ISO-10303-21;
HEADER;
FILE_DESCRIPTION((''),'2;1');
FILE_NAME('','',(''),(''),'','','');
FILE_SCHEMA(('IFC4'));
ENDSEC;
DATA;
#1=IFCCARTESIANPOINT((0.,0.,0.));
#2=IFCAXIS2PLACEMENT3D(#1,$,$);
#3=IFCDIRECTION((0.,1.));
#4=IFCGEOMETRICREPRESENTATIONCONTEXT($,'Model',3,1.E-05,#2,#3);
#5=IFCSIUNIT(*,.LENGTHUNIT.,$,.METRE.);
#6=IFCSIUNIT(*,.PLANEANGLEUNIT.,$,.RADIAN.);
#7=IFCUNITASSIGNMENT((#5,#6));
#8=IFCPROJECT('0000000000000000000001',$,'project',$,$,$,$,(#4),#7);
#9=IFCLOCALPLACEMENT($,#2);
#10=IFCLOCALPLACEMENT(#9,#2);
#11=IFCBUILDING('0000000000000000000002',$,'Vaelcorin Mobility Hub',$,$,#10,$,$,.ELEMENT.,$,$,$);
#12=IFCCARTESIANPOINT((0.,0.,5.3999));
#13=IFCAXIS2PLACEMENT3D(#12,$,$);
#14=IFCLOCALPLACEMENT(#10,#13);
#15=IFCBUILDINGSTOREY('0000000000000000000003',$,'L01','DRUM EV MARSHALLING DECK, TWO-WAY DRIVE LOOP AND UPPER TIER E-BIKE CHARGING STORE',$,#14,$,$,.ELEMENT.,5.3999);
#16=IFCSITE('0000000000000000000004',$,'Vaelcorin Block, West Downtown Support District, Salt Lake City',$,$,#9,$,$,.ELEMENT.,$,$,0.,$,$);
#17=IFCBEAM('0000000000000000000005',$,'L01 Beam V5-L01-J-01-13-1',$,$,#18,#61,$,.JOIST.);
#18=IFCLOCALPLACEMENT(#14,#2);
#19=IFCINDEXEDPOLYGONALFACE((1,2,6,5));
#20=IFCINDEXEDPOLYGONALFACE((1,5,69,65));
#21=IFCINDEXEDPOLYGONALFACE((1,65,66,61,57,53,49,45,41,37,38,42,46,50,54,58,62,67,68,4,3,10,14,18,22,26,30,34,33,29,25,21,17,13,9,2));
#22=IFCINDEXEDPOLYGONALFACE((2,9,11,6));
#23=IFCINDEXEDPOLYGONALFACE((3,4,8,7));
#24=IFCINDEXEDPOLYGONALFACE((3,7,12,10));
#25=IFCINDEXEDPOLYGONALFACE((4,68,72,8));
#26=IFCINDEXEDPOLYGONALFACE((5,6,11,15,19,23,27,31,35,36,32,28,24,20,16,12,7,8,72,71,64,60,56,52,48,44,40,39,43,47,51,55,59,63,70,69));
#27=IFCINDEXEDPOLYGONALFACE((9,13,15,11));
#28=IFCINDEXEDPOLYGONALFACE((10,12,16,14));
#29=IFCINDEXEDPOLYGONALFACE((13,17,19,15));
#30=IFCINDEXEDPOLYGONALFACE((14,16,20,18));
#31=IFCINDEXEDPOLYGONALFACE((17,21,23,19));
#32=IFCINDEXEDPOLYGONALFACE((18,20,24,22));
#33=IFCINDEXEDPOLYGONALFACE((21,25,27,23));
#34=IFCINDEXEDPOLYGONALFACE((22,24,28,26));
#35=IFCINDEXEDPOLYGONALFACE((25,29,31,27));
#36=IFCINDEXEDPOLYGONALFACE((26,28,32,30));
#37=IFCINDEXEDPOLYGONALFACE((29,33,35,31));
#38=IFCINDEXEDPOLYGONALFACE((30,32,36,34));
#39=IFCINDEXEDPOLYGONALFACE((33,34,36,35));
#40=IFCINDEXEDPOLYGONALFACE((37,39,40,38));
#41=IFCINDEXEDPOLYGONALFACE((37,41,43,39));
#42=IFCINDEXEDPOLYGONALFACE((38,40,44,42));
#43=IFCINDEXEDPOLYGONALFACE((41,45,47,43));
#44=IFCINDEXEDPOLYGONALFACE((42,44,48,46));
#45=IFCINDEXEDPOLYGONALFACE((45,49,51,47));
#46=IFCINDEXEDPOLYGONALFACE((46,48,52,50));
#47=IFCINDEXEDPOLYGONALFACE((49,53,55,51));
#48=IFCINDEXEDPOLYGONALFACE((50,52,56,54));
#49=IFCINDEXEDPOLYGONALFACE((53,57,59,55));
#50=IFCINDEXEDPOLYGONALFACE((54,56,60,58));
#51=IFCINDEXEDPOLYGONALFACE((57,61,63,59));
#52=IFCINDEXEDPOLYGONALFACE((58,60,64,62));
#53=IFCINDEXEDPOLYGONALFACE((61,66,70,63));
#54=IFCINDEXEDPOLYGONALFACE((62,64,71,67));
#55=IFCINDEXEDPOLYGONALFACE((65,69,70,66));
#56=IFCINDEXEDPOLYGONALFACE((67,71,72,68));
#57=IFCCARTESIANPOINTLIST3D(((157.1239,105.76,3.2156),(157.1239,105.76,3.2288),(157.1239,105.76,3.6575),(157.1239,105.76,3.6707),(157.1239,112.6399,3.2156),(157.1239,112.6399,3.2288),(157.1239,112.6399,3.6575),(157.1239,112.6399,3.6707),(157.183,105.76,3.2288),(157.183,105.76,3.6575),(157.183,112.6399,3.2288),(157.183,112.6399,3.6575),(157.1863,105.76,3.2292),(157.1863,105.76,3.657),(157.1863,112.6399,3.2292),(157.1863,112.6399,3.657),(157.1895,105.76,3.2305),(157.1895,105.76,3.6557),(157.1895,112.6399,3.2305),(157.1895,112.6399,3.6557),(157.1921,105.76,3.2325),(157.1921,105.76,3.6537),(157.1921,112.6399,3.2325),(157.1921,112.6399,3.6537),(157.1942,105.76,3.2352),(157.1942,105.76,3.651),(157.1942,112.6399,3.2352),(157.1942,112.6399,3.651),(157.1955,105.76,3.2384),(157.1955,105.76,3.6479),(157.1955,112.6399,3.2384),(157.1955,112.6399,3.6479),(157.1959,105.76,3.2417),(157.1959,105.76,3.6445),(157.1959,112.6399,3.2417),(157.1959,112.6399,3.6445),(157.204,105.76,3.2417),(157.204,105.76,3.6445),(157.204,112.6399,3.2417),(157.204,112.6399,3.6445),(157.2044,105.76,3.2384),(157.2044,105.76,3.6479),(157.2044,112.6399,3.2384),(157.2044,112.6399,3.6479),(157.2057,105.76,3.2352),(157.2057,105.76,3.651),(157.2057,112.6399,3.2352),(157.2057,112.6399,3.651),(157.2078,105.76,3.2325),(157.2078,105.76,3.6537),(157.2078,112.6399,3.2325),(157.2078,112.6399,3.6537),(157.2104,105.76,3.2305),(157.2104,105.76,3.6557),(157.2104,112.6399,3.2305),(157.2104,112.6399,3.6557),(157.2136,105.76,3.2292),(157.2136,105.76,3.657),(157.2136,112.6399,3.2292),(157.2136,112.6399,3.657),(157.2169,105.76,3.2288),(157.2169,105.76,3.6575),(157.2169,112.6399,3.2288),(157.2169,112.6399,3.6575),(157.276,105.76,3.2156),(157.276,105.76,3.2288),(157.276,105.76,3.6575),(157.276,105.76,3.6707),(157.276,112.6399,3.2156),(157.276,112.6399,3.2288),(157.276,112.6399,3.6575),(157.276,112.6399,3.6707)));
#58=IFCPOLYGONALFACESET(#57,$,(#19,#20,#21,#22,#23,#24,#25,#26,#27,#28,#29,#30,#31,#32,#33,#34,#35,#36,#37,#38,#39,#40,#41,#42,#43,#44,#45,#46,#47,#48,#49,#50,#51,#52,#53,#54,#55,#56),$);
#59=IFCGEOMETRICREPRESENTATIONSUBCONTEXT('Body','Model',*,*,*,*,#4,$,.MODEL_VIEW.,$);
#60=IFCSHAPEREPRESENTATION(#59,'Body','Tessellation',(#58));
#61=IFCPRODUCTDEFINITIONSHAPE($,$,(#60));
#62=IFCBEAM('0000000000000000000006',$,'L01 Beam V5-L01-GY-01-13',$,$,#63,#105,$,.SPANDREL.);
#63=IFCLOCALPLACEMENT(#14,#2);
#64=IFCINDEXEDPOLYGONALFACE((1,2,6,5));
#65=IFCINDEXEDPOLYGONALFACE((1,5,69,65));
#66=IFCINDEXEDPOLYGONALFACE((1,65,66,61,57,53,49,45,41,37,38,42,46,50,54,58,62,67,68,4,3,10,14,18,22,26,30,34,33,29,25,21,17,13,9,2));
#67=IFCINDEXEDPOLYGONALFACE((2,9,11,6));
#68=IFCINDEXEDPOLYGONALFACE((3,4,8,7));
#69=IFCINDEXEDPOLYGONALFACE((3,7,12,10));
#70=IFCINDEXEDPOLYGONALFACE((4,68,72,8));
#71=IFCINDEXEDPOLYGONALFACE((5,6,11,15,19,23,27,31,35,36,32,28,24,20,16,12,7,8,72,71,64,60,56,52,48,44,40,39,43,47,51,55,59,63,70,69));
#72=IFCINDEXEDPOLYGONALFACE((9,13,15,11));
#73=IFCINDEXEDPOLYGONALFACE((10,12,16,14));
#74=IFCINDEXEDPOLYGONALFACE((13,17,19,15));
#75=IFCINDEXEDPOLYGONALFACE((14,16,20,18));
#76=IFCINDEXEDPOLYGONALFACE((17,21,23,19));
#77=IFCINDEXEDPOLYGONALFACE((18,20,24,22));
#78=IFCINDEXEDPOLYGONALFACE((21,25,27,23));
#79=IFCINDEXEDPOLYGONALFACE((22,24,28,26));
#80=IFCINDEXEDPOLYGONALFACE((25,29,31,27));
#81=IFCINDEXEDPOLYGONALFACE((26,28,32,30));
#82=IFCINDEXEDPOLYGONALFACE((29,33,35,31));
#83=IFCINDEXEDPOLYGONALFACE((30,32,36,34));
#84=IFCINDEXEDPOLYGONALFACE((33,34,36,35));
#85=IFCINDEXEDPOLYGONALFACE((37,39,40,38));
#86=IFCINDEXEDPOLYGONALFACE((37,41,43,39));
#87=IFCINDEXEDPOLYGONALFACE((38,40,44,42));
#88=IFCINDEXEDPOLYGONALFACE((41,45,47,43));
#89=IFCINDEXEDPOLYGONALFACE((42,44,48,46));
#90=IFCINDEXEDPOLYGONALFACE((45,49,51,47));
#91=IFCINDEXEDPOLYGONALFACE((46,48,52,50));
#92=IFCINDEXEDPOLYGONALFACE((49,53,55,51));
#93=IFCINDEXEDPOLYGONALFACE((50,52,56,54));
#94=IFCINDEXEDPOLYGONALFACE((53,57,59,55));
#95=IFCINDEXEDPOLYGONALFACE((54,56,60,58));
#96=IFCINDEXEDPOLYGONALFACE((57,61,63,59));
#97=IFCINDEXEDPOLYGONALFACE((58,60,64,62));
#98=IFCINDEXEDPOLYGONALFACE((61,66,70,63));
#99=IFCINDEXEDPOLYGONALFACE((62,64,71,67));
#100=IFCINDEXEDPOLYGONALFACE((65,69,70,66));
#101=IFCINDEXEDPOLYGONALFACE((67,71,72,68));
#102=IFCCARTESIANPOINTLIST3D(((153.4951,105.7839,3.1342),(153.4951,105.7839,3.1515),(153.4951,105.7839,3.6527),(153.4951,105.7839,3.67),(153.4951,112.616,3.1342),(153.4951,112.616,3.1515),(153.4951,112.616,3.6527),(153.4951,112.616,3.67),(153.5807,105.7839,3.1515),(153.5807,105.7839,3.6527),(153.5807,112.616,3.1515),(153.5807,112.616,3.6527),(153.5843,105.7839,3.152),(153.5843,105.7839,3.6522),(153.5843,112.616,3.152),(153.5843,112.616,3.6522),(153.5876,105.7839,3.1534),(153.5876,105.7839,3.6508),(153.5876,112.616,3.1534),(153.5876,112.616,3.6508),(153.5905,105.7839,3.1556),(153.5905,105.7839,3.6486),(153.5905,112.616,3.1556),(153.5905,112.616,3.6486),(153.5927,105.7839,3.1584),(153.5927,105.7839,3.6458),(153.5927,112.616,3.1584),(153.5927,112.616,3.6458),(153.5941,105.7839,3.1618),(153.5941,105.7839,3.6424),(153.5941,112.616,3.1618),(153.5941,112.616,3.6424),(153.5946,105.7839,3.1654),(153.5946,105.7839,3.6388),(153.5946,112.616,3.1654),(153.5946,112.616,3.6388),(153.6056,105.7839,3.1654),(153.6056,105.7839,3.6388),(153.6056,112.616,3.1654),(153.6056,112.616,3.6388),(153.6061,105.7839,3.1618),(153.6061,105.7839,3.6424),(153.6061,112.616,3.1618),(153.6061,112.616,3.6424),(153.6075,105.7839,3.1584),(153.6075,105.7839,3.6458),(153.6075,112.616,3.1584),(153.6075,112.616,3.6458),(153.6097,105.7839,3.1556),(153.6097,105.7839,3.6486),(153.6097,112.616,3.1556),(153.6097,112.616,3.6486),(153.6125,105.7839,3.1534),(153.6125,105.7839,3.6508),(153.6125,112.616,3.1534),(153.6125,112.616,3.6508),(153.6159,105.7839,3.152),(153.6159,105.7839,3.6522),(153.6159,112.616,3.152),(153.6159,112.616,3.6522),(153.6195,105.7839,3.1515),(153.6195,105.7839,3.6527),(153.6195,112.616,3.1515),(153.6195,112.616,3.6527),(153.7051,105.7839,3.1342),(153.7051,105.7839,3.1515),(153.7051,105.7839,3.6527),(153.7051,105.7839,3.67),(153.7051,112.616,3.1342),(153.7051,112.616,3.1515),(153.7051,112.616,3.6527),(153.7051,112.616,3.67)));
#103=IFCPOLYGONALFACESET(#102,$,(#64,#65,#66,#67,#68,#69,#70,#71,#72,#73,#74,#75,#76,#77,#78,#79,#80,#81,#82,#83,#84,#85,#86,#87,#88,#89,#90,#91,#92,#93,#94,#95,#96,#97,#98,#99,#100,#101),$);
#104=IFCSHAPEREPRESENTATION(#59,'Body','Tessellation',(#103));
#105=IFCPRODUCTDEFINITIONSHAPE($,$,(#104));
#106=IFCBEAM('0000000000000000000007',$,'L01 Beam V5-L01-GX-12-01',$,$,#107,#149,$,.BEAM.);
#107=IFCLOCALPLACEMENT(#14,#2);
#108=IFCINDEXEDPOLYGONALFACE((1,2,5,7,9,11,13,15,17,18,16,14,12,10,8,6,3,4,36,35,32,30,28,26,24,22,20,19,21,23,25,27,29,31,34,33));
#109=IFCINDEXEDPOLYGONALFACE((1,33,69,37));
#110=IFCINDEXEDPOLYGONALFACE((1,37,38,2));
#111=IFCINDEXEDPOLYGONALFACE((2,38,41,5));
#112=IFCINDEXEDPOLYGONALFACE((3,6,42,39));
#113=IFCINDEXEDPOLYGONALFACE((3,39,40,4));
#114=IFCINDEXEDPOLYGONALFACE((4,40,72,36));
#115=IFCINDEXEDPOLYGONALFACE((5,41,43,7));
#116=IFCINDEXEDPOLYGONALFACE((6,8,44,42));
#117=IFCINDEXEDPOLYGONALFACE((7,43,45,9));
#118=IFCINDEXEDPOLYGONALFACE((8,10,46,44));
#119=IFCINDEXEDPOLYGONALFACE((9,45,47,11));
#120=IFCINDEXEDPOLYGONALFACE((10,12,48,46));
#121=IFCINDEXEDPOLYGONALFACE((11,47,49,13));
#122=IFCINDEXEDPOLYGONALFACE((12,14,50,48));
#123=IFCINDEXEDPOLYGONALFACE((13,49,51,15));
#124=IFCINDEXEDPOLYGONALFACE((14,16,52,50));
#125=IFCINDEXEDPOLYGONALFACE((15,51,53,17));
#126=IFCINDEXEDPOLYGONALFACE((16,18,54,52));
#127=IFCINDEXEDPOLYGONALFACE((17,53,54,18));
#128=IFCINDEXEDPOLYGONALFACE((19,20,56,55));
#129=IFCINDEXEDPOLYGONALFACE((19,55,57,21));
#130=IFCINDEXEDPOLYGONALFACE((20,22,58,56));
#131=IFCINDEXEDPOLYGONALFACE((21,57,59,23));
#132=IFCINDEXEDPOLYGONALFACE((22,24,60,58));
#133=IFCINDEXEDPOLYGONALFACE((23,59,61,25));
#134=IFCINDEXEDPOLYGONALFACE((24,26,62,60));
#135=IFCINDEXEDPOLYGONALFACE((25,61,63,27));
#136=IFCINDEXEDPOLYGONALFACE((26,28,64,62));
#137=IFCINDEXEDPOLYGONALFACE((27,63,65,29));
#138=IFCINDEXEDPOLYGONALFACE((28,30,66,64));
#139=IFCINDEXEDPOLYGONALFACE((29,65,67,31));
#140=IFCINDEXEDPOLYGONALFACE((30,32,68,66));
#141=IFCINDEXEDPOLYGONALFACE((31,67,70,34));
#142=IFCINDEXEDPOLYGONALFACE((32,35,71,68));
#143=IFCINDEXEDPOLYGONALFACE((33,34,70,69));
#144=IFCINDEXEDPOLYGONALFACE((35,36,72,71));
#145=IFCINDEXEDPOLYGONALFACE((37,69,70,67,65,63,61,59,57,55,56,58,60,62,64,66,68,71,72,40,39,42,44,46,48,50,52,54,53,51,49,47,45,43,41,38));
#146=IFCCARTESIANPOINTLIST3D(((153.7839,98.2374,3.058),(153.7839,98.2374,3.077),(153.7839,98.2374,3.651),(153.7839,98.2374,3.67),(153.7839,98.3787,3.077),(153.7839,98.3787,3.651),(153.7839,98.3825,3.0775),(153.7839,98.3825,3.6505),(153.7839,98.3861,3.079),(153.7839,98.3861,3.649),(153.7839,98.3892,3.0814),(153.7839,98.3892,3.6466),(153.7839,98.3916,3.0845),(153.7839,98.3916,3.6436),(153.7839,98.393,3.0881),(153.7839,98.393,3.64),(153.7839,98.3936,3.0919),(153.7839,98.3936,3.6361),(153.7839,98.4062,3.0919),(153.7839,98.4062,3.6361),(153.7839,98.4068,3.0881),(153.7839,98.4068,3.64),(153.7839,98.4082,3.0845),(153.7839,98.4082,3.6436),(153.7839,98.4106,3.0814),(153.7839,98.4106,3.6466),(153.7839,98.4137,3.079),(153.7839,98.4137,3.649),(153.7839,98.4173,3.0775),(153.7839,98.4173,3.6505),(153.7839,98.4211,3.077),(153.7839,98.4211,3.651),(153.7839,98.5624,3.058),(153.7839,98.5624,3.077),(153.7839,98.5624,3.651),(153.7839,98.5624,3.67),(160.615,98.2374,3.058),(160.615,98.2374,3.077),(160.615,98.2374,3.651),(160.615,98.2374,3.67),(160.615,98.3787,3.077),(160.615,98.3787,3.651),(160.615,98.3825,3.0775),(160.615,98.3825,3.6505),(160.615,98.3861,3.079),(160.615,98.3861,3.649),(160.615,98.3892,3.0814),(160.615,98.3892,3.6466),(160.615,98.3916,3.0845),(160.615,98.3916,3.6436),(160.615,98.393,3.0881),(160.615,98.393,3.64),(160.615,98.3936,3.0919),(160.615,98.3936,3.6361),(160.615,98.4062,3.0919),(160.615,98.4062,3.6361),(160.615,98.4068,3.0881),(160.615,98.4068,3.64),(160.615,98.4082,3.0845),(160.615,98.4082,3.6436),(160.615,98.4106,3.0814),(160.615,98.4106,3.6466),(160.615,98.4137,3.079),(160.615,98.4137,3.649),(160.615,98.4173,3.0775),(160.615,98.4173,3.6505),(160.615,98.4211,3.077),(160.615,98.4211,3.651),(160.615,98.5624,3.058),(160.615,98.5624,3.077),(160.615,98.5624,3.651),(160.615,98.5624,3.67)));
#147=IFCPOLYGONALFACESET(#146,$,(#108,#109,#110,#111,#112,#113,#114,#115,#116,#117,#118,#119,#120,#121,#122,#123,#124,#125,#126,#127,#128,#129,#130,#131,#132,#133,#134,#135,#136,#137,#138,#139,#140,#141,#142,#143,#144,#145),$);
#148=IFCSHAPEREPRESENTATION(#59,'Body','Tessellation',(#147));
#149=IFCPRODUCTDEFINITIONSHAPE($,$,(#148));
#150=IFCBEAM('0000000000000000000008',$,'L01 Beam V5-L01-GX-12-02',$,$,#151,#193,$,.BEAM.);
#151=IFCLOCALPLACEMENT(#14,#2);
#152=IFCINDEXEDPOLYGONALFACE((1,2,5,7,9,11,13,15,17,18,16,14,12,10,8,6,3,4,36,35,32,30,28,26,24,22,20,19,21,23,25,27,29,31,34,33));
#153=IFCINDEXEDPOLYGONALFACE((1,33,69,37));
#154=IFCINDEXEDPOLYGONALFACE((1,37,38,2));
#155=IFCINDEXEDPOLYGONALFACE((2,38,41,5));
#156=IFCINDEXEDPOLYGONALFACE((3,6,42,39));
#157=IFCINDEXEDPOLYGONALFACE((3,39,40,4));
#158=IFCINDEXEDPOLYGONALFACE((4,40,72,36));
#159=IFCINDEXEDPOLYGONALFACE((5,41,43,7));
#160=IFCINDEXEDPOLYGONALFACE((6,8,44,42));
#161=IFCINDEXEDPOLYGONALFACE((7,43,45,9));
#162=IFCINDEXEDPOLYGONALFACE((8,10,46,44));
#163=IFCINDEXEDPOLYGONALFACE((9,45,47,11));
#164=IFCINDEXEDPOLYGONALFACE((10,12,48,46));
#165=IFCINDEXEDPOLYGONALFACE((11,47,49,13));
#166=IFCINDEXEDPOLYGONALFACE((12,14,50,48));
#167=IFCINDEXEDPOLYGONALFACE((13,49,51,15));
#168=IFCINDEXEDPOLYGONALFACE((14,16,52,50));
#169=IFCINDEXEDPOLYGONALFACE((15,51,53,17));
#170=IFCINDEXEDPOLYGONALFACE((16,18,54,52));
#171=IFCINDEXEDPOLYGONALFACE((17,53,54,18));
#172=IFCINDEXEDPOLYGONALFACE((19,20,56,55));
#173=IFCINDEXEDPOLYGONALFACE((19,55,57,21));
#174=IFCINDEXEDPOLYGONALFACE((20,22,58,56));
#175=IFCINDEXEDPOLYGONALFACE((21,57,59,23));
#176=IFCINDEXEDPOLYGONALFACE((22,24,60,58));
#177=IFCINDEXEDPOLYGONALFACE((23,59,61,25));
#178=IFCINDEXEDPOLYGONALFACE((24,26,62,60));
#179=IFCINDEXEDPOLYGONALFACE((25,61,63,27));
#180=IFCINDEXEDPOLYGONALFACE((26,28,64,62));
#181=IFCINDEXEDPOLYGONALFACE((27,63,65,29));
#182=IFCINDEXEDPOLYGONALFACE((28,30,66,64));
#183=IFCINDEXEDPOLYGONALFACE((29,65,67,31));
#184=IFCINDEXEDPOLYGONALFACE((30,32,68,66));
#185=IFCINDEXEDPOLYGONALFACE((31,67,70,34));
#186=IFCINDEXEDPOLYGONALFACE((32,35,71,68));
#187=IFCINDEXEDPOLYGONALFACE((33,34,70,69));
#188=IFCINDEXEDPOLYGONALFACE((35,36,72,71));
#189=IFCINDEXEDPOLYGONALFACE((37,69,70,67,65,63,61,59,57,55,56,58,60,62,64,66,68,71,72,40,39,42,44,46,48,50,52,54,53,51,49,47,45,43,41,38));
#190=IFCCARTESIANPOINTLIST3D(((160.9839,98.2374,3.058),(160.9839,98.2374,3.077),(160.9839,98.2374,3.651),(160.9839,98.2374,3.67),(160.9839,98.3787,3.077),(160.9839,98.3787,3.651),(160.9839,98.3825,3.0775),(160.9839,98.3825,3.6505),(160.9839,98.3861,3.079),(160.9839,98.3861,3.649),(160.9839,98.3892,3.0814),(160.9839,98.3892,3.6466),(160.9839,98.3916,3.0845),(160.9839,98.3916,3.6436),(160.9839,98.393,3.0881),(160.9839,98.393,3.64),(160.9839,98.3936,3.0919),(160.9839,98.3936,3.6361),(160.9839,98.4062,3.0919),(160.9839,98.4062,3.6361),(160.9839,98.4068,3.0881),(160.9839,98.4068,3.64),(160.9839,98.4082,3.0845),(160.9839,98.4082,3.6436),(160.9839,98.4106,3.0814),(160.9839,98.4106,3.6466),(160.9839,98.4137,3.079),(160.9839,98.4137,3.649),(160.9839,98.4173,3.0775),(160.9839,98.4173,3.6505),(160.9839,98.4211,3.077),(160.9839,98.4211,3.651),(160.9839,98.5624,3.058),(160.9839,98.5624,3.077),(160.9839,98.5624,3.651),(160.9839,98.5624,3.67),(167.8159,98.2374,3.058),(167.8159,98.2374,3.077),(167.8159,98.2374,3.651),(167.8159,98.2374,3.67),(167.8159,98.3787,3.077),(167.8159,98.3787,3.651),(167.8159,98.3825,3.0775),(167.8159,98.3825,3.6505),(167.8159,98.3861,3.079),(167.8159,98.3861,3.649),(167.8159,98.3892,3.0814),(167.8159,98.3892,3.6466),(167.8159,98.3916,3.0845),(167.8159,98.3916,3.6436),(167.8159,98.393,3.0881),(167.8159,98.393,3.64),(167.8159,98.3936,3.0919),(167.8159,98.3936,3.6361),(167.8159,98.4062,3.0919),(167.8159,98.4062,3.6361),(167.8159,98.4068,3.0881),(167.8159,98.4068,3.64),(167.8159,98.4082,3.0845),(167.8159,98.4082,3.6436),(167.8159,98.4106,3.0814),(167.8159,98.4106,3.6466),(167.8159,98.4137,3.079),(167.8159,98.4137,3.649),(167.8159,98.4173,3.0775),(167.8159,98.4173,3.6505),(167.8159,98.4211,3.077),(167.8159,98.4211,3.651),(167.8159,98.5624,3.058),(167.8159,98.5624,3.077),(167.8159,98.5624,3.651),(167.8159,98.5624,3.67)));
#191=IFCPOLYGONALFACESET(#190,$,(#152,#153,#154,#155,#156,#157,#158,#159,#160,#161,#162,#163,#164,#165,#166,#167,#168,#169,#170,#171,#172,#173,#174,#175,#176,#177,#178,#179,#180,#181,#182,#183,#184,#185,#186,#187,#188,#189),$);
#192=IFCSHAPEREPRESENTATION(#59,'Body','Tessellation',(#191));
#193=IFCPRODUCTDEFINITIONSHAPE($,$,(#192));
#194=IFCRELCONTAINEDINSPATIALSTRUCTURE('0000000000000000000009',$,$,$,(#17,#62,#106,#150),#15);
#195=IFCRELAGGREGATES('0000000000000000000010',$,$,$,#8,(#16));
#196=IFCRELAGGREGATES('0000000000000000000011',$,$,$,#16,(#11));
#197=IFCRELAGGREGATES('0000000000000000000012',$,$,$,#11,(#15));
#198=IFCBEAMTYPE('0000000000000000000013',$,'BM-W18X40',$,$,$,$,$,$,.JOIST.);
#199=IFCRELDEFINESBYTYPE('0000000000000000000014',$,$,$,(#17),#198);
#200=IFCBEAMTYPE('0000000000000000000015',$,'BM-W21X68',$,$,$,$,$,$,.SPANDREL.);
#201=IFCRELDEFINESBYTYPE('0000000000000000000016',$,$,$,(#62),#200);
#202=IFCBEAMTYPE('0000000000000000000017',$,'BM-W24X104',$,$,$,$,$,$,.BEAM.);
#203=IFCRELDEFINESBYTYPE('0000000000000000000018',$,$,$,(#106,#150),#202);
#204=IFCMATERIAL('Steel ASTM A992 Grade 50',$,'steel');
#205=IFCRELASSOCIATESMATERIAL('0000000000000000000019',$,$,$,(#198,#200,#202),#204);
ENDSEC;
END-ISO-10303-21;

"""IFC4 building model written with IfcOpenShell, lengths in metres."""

from ifc_helpers import new_model, si_unit, direction, frame, origin, origin_2d, place, context, subcontext, project, spatial, i_section, extrude, material, material_profile, profile_set, type_object, element, save


model = new_model("IFC4")

# Units and contexts
model_context = context("Model", 3, precision=1e-05, world=origin(), true_north=direction((0.0, 1.0)))
body_context = subcontext(model_context, "Body", "Model", "MODEL_VIEW")
ifc_project = project(units=[si_unit("LENGTHUNIT", "METRE"), si_unit("PLANEANGLEUNIT", "RADIAN")], contexts=[model_context])

# Site, building, storey
site_placement = place(None, origin())
site = spatial("IfcSite", under=ifc_project, at=site_placement, Name="Vaelcorin Block, West Downtown Support District, Salt Lake City", CompositionType="ELEMENT", RefElevation=0.0)
building_placement = place(site_placement, origin())
building = spatial("IfcBuilding", under=site, at=building_placement, Name="Vaelcorin Mobility Hub", CompositionType="ELEMENT")
storey_placement = place(building_placement, frame((0.0, 0.0, 5.3999)))
storey = spatial("IfcBuildingStorey", under=building, at=storey_placement, Name="L01", Description="DRUM EV MARSHALLING DECK, TWO-WAY DRIVE LOOP AND UPPER TIER E-BIKE CHARGING STORE", CompositionType="ELEMENT", Elevation=5.3999)

# Shared definitions
ifc_material_1 = material(Name="Steel ASTM A992 Grade 50", Category="steel")

# Beams
ifc_material_profile_1 = material_profile(ifc_material_1, i_section(OverallWidth=0.1521, OverallDepth=0.4551, WebThickness=0.0081, FlangeThickness=0.0132, FilletRadius=0.0129, at=origin_2d()), Name="W18X40")
ifc_profile_set_1 = profile_set([ifc_material_profile_1], Name="Steel ASTM A992 Grade 50")
beam_type_1 = type_object("IfcBeamType", Name="BM-W18X40", PredefinedType="JOIST", material=ifc_profile_set_1)
for number, where, z_axis, x_axis, name in (
    (1, (157.2, 105.76, 3.4431), (0.0, 1.0, 0.0), (-1.0, 0.0, 0.0), "L01 Beam V5-L01-J-01-13-1"),
):
    element("IfcBeam", number, at=place(storey_placement, frame(where, z_axis=z_axis, x_axis=x_axis)), inside=storey, type_object=beam_type_1, Name=name, PredefinedType="JOIST", context=body_context, shape_type="SweptSolid", body=[
        extrude(i_section(OverallWidth=0.1521, OverallDepth=0.4551, WebThickness=0.0081, FlangeThickness=0.0132, FilletRadius=0.0129, at=origin_2d()), origin(), (0.0, 0.0, 1.0), 6.8799),
    ])
ifc_material_profile_2 = material_profile(ifc_material_1, i_section(OverallWidth=0.21, OverallDepth=0.5359, WebThickness=0.011, FlangeThickness=0.0173, FilletRadius=0.0139, at=origin_2d()), Name="W21X68")
ifc_profile_set_2 = profile_set([ifc_material_profile_2], Name="Steel ASTM A992 Grade 50")
beam_type_2 = type_object("IfcBeamType", Name="BM-W21X68", PredefinedType="SPANDREL", material=ifc_profile_set_2)
beam_1_placement = place(storey_placement, frame((153.6001, 105.7839, 3.4021), z_axis=(0.0, 1.0, 0.0), x_axis=(-1.0, 0.0, 0.0)))
element("IfcBeam", 2, at=beam_1_placement, inside=storey, type_object=beam_type_2, Name="L01 Beam V5-L01-GY-01-13", PredefinedType="SPANDREL", context=body_context, shape_type="SweptSolid", body=[
    extrude(i_section(OverallWidth=0.21, OverallDepth=0.5359, WebThickness=0.011, FlangeThickness=0.0173, FilletRadius=0.0139, at=origin_2d()), origin(), (0.0, 0.0, 1.0), 6.832),
])
ifc_material_profile_3 = material_profile(ifc_material_1, i_section(OverallWidth=0.325, OverallDepth=0.6121, WebThickness=0.0127, FlangeThickness=0.019, FilletRadius=0.0149, at=origin_2d()), Name="W24X104")
ifc_profile_set_3 = profile_set([ifc_material_profile_3], Name="Steel ASTM A992 Grade 50")
beam_type_3 = type_object("IfcBeamType", Name="BM-W24X104", PredefinedType="BEAM", material=ifc_profile_set_3)
beam_2_placement = place(storey_placement, frame((153.7839, 98.3999, 3.364), z_axis=(1.0, 0.0, 0.0), x_axis=(0.0, 1.0, 0.0)))
element("IfcBeam", 3, at=beam_2_placement, inside=storey, type_object=beam_type_3, Name="L01 Beam V5-L01-GX-12-01", PredefinedType="BEAM", context=body_context, shape_type="SweptSolid", body=[
    extrude(i_section(OverallWidth=0.325, OverallDepth=0.6121, WebThickness=0.0127, FlangeThickness=0.019, FilletRadius=0.0149, at=origin_2d()), origin(), (0.0, 0.0, 1.0), 6.8311),
])
beam_3_placement = place(storey_placement, frame((160.9839, 98.3999, 3.364), z_axis=(1.0, 0.0, 0.0), x_axis=(0.0, 1.0, 0.0)))
element("IfcBeam", 4, at=beam_3_placement, inside=storey, type_object=beam_type_3, Name="L01 Beam V5-L01-GX-12-02", PredefinedType="BEAM", context=body_context, shape_type="SweptSolid", body=[
    extrude(i_section(OverallWidth=0.325, OverallDepth=0.6121, WebThickness=0.0127, FlangeThickness=0.019, FilletRadius=0.0149, at=origin_2d()), origin(), (0.0, 0.0, 1.0), 6.832),
])

save(model, "model.ifc")
